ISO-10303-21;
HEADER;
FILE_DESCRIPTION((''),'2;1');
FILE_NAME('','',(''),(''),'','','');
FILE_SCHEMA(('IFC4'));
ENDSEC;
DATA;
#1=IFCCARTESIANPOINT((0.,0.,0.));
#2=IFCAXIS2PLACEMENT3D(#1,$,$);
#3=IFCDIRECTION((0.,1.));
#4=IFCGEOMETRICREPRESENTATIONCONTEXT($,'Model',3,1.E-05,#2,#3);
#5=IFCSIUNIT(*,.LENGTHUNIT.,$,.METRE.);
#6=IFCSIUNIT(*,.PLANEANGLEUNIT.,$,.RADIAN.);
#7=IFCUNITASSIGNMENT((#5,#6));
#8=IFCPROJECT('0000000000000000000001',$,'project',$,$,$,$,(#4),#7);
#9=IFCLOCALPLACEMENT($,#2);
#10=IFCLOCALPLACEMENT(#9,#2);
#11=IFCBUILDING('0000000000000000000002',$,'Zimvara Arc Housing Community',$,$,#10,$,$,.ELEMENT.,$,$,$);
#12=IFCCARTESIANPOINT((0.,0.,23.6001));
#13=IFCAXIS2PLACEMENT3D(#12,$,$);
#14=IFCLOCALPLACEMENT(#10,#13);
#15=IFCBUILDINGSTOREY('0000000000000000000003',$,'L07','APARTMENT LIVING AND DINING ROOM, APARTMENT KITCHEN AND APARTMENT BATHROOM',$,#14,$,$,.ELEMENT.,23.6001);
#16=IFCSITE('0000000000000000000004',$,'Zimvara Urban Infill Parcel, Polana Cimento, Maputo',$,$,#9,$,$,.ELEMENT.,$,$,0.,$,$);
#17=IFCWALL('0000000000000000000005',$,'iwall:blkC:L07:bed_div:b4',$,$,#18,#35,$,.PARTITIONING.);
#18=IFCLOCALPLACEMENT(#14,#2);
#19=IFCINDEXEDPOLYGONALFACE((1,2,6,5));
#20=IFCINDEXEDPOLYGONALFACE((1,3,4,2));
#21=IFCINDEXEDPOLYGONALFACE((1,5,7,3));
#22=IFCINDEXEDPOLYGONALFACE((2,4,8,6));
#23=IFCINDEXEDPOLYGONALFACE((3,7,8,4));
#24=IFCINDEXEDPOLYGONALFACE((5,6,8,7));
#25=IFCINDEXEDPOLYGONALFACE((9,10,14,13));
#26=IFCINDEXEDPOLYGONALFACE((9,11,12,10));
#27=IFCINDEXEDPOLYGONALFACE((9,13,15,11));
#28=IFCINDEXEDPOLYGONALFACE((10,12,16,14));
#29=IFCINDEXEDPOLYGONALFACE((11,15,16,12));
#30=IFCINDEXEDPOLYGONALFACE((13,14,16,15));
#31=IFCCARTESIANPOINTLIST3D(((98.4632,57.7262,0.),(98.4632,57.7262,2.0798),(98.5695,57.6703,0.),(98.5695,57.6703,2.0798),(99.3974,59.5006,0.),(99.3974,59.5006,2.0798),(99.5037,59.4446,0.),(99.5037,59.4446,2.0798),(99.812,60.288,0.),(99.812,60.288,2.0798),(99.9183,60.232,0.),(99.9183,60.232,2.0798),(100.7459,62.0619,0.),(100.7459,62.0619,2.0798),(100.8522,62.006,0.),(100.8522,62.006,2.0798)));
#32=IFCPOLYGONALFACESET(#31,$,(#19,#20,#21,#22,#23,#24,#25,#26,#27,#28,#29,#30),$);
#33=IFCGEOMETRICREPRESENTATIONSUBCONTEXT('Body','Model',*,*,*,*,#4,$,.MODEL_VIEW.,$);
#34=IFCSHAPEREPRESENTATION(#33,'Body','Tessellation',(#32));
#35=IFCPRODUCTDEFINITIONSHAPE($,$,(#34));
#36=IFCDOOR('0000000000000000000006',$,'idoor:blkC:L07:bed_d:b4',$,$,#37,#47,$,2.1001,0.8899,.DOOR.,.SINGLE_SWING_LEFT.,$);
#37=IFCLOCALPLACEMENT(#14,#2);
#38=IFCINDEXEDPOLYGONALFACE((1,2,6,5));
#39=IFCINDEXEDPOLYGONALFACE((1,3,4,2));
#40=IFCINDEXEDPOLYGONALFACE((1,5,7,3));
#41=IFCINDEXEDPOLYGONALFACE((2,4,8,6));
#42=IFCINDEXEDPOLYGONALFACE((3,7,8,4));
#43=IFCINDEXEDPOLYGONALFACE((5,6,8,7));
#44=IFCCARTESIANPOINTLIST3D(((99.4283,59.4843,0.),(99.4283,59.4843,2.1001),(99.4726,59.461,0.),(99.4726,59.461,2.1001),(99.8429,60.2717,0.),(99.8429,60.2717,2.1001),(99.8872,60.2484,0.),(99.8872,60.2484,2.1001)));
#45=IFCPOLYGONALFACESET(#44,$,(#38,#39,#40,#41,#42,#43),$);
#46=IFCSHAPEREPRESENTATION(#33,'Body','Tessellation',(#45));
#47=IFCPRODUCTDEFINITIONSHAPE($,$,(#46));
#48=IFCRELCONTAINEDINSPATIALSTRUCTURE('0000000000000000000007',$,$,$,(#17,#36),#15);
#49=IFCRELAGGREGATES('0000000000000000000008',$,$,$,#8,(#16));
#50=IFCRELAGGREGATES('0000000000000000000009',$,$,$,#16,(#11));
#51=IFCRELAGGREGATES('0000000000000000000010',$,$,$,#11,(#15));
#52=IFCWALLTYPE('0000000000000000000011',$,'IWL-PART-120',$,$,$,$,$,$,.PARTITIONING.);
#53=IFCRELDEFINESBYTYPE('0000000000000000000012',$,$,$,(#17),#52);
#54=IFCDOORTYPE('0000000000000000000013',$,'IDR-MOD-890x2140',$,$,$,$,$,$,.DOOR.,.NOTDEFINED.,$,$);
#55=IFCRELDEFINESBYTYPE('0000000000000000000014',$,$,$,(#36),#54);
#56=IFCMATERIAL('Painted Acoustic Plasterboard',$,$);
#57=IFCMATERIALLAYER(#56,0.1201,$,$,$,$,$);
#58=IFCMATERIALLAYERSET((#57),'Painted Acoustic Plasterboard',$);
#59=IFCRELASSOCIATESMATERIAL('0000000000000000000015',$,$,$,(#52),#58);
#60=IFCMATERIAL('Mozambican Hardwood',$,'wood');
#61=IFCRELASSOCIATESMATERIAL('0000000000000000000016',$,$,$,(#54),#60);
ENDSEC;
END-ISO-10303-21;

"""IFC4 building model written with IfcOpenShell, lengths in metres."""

from ifc_helpers import new_model, si_unit, direction, frame, frame_2d, origin, place, context, subcontext, project, spatial, rectangle, extrude, material, layer, layer_set, type_object, element, fill, save


model = new_model("IFC4")

# Units and contexts
model_context = context("Model", 3, precision=1e-05, world=origin(), true_north=direction((0.0, 1.0)))
body_context = subcontext(model_context, "Body", "Model", "MODEL_VIEW")
ifc_project = project(units=[si_unit("LENGTHUNIT", "METRE"), si_unit("PLANEANGLEUNIT", "RADIAN")], contexts=[model_context])

# Site, building, storey
site_placement = place(None, origin())
site = spatial("IfcSite", under=ifc_project, at=site_placement, Name="Zimvara Urban Infill Parcel, Polana Cimento, Maputo", CompositionType="ELEMENT", RefElevation=0.0)
building_placement = place(site_placement, origin())
building = spatial("IfcBuilding", under=site, at=building_placement, Name="Zimvara Arc Housing Community", CompositionType="ELEMENT")
storey_placement = place(building_placement, frame((0.0, 0.0, 23.6001)))
storey = spatial("IfcBuildingStorey", under=building, at=storey_placement, Name="L07", Description="APARTMENT LIVING AND DINING ROOM, APARTMENT KITCHEN AND APARTMENT BATHROOM", CompositionType="ELEMENT", Elevation=23.6001)

# Wall, opening, door
ifc_material_1 = material(Name="Painted Acoustic Plasterboard")
ifc_layer_1 = layer(ifc_material_1, 0.1201)
ifc_layer_set_1 = layer_set([ifc_layer_1], Name="Painted Acoustic Plasterboard")
wall_type_1 = type_object("IfcWallType", Name="IWL-PART-120", PredefinedType="PARTITIONING", material=ifc_layer_set_1)
wall_1_placement = place(storey_placement, frame((100.7991, 62.0339, 0.0), z_axis=(0.0, 0.0, 1.0), x_axis=(-0.46587, -0.884853, 0.0)))
wall_1 = element("IfcWall", 1, at=wall_1_placement, inside=storey, type_object=wall_type_1, Name="iwall:blkC:L07:bed_div:b4", PredefinedType="PARTITIONING", context=body_context, shape_type="SweptSolid", body=[
    extrude(rectangle(XDim=4.8999, YDim=0.1201, at=frame_2d((2.45, 0.0))), origin(), (0.0, 0.0, 1.0), 2.0798),
])
opening_1_placement = place(wall_1_placement, frame((2.0049, 0.0, 0.0)))
opening_1 = element("IfcOpeningElement", 2, at=opening_1_placement, cuts=wall_1, PredefinedType="OPENING", context=body_context, shape_type="SweptSolid", body=[
    extrude(rectangle(XDim=0.8899, YDim=2.1001, at=frame_2d((0.4448, 1.05))), frame((0.0, 0.0701, 0.0), z_axis=(0.0, -1.0, 0.0), x_axis=(1.0, 0.0, 0.0)), (0.0, 0.0, 1.0), 0.1401),
])
ifc_material_2 = material(Name="Mozambican Hardwood", Category="wood")
door_type_1 = type_object("IfcDoorType", Name="IDR-MOD-890x2140", OperationType="NOTDEFINED", PredefinedType="DOOR", material=ifc_material_2)
door_1_placement = place(opening_1_placement, origin())
door_1 = element("IfcDoor", 3, at=door_1_placement, inside=storey, type_object=door_type_1, Name="idoor:blkC:L07:bed_d:b4", OperationType="SINGLE_SWING_LEFT", OverallHeight=2.1001, OverallWidth=0.8899, PredefinedType="DOOR", context=body_context, shape_type="SweptSolid", body=[
    extrude(rectangle(XDim=0.8899, YDim=2.1001, at=frame_2d((0.4448, 1.05))), frame((0.0, 0.0249, 0.0), z_axis=(0.0, -1.0, 0.0), x_axis=(1.0, 0.0, 0.0)), (0.0, 0.0, 1.0), 0.05),
])
fill(opening_1, door_1)

save(model, "model.ifc")
